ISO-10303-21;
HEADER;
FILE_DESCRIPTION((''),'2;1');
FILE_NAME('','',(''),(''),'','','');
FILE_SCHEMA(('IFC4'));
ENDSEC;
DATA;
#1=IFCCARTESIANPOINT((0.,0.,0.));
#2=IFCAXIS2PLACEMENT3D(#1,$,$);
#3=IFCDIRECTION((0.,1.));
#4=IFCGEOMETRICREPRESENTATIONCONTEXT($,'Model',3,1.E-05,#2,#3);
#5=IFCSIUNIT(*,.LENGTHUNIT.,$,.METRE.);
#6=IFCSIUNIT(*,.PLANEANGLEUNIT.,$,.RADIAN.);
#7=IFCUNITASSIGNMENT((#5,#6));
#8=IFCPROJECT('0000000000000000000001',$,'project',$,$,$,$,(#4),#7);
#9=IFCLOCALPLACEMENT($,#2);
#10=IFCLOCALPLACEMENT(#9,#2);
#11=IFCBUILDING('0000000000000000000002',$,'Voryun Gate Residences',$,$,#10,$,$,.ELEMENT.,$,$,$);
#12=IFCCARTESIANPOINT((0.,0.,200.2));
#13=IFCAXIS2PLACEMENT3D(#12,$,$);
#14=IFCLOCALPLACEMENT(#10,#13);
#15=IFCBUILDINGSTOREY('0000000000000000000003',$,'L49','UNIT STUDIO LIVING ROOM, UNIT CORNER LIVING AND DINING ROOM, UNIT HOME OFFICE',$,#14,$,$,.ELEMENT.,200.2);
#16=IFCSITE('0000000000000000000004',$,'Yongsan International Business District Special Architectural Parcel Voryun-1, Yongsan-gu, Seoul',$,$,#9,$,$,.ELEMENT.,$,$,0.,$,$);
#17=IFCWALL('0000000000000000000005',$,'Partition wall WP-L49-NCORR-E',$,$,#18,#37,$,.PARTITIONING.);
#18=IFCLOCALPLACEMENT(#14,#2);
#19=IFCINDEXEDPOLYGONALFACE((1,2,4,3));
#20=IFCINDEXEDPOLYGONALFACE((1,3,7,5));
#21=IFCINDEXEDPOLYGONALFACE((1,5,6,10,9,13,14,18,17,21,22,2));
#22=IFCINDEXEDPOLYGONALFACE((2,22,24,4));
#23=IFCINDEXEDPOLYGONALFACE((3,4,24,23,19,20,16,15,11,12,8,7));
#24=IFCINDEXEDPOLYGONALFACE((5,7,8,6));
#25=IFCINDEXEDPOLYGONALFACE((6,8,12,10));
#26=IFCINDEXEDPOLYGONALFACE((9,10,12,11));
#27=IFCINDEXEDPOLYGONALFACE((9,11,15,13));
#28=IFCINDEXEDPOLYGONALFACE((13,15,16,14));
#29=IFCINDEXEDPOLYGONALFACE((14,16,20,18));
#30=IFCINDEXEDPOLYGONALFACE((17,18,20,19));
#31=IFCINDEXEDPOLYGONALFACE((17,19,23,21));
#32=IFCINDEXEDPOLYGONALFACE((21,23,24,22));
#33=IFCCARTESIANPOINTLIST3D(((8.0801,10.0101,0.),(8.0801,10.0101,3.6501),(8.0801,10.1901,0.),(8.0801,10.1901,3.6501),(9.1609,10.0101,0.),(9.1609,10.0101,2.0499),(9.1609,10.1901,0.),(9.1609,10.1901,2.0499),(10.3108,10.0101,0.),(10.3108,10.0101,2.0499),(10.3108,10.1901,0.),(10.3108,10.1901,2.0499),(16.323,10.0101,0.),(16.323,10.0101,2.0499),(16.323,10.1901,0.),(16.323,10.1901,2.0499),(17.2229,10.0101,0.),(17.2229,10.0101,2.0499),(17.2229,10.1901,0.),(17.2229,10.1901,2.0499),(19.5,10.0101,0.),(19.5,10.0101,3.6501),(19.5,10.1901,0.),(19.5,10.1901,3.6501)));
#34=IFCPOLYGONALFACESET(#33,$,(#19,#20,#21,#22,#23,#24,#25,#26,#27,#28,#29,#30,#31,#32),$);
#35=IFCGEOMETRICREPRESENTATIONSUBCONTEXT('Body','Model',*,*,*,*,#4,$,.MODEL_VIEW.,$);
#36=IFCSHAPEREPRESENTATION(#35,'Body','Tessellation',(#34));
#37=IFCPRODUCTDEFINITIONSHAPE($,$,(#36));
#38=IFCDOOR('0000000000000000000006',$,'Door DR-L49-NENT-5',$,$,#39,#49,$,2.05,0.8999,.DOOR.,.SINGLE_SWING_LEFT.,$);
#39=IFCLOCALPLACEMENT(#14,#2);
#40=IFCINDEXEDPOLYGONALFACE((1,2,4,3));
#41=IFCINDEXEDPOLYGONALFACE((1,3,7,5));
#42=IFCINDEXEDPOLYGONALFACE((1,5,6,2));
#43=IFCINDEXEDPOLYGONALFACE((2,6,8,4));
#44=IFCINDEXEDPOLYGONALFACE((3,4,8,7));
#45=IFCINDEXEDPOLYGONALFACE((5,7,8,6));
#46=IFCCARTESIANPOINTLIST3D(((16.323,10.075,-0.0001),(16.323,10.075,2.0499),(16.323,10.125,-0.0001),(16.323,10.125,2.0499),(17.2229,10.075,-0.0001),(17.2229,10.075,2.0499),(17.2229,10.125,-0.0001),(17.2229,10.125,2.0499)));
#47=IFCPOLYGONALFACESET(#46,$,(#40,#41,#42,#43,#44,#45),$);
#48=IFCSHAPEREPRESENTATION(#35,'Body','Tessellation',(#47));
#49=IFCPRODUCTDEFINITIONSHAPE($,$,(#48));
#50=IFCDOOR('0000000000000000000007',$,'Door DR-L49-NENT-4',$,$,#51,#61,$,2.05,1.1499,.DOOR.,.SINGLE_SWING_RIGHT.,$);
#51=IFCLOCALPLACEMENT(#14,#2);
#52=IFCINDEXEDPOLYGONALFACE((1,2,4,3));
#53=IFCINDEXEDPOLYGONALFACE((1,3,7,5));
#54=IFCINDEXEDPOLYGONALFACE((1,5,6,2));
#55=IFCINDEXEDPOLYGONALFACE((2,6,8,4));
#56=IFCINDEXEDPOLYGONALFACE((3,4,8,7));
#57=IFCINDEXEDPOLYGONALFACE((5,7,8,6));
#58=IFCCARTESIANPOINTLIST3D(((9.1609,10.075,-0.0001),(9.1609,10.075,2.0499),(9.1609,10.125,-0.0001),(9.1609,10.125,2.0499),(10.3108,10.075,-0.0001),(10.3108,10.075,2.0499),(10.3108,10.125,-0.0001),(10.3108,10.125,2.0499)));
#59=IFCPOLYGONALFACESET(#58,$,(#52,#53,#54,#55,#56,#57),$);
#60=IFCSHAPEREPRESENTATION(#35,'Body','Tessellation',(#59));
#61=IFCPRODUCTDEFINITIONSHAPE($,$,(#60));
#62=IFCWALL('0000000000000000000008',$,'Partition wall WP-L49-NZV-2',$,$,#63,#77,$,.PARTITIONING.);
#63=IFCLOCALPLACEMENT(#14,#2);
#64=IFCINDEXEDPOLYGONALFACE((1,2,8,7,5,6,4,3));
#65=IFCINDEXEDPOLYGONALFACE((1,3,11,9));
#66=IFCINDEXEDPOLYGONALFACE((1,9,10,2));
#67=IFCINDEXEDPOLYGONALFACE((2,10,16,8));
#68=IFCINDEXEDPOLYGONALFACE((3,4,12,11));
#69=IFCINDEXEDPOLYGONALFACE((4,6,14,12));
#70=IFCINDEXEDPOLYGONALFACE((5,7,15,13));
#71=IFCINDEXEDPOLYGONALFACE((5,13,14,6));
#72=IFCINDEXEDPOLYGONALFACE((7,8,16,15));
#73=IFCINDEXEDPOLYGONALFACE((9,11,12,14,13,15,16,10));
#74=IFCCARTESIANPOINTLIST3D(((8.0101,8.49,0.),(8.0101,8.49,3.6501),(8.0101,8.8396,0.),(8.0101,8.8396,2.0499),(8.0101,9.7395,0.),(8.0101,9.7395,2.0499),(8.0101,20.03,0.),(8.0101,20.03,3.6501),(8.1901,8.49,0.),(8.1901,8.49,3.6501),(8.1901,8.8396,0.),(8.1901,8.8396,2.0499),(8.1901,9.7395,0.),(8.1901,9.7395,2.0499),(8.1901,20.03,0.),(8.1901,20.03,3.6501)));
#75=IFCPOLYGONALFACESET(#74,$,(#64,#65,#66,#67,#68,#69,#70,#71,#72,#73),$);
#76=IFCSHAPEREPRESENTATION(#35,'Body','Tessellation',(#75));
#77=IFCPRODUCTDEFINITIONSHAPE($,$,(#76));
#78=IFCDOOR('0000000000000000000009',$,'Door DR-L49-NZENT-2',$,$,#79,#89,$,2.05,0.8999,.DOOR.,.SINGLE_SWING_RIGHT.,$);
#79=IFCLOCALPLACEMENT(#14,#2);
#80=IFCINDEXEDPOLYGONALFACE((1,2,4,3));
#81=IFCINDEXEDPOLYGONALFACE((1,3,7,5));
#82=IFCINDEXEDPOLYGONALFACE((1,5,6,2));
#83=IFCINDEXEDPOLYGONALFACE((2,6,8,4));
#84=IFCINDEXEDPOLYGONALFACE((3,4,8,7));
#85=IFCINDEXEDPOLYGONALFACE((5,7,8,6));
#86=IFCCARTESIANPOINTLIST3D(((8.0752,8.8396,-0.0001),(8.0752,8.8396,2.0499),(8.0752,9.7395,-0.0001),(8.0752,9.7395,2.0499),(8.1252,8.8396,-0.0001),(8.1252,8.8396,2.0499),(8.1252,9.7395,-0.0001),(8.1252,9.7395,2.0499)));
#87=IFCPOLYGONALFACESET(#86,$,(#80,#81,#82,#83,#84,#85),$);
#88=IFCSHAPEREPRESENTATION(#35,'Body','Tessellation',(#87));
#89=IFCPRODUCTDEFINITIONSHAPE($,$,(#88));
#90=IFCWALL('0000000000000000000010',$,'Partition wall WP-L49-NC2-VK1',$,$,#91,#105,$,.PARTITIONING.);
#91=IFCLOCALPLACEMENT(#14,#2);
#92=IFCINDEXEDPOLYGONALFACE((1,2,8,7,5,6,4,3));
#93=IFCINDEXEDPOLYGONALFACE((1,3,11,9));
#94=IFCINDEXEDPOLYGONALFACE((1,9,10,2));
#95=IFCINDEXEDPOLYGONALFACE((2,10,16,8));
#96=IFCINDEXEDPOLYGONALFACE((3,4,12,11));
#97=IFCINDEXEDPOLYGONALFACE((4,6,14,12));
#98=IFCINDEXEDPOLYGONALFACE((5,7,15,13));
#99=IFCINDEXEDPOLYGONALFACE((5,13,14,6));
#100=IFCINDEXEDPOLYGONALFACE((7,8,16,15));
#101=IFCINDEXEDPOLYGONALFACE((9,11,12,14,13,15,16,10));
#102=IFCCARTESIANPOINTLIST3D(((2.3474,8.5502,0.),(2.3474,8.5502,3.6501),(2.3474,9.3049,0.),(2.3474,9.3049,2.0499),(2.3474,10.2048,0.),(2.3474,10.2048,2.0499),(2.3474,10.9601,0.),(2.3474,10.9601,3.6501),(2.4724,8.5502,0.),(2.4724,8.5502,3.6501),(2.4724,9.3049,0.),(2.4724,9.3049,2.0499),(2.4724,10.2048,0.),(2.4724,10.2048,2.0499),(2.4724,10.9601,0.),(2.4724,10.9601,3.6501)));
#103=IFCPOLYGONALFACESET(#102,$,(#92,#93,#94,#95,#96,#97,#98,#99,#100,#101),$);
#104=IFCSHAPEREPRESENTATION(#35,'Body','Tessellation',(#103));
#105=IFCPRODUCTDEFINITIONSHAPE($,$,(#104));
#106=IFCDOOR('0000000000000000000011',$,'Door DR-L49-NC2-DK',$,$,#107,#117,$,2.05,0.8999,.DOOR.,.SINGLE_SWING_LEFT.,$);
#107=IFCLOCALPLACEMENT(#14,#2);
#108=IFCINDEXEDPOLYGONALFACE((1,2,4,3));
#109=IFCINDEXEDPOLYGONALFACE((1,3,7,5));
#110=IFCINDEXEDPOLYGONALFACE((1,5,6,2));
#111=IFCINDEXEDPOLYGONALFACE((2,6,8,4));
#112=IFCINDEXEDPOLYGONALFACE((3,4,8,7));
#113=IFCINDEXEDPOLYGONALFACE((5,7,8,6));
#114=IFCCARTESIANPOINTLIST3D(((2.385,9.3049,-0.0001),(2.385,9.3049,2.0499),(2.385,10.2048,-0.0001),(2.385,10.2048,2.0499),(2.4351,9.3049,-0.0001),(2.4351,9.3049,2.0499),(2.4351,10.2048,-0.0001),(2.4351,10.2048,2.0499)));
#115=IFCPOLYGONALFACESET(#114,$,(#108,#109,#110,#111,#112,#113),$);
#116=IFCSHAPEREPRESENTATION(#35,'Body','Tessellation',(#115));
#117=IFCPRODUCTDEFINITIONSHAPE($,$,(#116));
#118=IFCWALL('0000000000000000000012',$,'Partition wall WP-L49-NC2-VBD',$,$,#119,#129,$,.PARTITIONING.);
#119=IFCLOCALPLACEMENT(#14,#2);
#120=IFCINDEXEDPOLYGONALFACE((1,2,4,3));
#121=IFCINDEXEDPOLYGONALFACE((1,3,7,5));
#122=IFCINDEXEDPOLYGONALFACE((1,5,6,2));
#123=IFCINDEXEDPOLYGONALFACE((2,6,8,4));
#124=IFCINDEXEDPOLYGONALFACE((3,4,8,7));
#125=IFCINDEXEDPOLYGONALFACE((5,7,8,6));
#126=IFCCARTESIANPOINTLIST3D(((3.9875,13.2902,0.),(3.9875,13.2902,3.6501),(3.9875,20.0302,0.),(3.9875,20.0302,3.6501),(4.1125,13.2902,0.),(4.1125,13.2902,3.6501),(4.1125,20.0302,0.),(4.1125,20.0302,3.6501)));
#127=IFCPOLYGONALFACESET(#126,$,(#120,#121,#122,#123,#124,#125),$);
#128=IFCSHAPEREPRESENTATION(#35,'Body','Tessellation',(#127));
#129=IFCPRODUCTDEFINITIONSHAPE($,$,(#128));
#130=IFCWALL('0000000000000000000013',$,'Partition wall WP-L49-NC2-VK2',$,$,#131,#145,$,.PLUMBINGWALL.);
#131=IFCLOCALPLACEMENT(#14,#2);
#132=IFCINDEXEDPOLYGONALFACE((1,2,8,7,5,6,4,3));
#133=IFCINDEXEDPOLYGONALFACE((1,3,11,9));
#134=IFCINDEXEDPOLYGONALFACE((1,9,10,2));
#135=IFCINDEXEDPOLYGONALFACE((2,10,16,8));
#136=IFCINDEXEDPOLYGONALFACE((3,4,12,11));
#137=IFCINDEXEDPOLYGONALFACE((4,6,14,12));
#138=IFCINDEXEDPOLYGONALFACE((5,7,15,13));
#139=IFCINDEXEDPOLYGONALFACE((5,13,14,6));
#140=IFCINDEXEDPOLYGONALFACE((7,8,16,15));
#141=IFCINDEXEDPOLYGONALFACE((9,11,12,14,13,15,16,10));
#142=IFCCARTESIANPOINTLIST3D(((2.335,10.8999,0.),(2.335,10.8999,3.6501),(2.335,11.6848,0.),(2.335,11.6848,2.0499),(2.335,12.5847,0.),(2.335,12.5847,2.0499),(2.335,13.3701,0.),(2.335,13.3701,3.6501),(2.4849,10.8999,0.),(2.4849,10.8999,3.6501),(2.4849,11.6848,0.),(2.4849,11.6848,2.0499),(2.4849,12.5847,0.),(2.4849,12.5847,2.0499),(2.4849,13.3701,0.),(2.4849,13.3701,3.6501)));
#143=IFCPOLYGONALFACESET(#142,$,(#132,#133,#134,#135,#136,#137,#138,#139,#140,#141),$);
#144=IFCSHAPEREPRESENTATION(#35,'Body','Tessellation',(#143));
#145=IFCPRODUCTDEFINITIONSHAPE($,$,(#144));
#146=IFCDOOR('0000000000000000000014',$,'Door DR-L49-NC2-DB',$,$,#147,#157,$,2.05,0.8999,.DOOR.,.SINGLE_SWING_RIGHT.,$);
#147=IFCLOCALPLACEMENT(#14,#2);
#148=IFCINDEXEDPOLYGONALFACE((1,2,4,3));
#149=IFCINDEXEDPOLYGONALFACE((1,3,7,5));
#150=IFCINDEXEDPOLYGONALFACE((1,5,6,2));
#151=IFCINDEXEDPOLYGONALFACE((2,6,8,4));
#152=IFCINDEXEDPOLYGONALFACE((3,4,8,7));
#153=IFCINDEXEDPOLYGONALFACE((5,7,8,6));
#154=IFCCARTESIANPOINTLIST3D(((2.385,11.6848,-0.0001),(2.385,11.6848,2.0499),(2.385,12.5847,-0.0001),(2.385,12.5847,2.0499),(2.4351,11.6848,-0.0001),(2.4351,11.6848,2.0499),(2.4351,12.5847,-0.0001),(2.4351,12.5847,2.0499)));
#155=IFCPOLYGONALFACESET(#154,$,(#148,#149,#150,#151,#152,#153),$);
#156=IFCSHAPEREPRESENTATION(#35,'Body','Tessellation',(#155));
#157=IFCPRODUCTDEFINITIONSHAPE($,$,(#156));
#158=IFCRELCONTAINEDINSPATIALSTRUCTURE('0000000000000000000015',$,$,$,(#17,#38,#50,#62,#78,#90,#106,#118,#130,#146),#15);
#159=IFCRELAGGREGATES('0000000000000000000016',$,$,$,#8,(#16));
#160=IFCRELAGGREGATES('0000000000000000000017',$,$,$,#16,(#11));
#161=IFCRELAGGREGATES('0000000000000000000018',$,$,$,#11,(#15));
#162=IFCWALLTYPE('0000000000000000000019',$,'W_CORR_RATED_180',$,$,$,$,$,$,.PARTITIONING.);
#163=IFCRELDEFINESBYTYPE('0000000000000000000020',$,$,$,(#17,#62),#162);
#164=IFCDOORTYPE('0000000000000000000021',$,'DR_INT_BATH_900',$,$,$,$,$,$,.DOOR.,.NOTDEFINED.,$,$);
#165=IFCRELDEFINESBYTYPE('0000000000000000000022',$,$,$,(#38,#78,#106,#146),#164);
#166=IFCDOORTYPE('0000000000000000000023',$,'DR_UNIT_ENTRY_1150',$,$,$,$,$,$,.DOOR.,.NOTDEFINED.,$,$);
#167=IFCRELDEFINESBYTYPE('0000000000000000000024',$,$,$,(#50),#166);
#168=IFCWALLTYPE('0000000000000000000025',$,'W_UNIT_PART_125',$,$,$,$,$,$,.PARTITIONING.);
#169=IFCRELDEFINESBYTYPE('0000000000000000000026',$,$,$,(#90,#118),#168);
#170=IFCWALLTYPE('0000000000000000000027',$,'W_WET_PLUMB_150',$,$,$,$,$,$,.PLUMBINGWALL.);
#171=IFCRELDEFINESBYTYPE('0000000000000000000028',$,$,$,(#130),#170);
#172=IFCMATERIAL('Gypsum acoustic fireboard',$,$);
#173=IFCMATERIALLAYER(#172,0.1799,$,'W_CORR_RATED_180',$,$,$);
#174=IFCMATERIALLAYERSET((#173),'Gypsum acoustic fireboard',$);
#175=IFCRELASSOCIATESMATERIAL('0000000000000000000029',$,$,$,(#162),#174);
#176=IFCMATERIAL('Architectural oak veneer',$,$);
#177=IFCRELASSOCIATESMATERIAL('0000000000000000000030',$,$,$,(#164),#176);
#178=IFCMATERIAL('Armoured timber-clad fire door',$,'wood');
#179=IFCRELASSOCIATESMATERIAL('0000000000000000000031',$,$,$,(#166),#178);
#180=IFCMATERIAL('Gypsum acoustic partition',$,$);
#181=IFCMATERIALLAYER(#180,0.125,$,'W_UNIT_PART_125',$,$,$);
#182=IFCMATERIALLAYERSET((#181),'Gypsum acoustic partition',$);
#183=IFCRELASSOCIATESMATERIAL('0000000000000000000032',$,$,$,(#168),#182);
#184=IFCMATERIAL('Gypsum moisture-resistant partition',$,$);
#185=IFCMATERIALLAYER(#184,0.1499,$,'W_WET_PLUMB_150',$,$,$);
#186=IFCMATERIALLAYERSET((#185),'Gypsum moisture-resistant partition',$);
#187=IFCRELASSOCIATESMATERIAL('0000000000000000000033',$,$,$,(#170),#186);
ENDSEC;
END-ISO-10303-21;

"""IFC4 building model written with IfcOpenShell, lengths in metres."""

from ifc_helpers import new_model, si_unit, direction, frame, frame_2d, origin, place, context, subcontext, project, spatial, rectangle, extrude, material, layer, layer_set, type_object, element, fill, save


model = new_model("IFC4")

# Units and contexts
model_context = context("Model", 3, precision=1e-05, world=origin(), true_north=direction((0.0, 1.0)))
body_context = subcontext(model_context, "Body", "Model", "MODEL_VIEW")
ifc_project = project(units=[si_unit("LENGTHUNIT", "METRE"), si_unit("PLANEANGLEUNIT", "RADIAN")], contexts=[model_context])

# Site, building, storey
site_placement = place(None, origin())
site = spatial("IfcSite", under=ifc_project, at=site_placement, Name="Yongsan International Business District Special Architectural Parcel Voryun-1, Yongsan-gu, Seoul", CompositionType="ELEMENT", RefElevation=0.0)
building_placement = place(site_placement, origin())
building = spatial("IfcBuilding", under=site, at=building_placement, Name="Voryun Gate Residences", CompositionType="ELEMENT")
storey_placement = place(building_placement, frame((0.0, 0.0, 200.2)))
storey = spatial("IfcBuildingStorey", under=building, at=storey_placement, Name="L49", Description="UNIT STUDIO LIVING ROOM, UNIT CORNER LIVING AND DINING ROOM, UNIT HOME OFFICE", CompositionType="ELEMENT", Elevation=200.2)

# Wall, openings, doors
ifc_material_1 = material(Name="Gypsum acoustic fireboard")
ifc_layer_1 = layer(ifc_material_1, 0.1799, Name="W_CORR_RATED_180")
ifc_layer_set_1 = layer_set([ifc_layer_1], Name="Gypsum acoustic fireboard")
wall_type_1 = type_object("IfcWallType", Name="W_CORR_RATED_180", PredefinedType="PARTITIONING", material=ifc_layer_set_1)
wall_1_placement = place(storey_placement, frame((8.0801, 10.1001, 0.0), z_axis=(0.0, 0.0, 1.0), x_axis=(1.0, 0.0, 0.0)))
wall_1 = element("IfcWall", 1, at=wall_1_placement, inside=storey, type_object=wall_type_1, Name="Partition wall WP-L49-NCORR-E", PredefinedType="PARTITIONING", context=body_context, shape_type="SweptSolid", body=[
    extrude(rectangle(XDim=11.4199, YDim=0.1799, at=frame_2d((5.71, 0.0))), origin(), (0.0, 0.0, 1.0), 3.6501),
])
opening_1_placement = place(wall_1_placement, frame((1.0808, 0.0, 0.0)))
opening_1 = element("IfcOpeningElement", 2, at=opening_1_placement, cuts=wall_1, PredefinedType="OPENING", context=body_context, shape_type="SweptSolid", body=[
    extrude(rectangle(XDim=1.1499, YDim=2.05, at=frame_2d((0.575, 1.0249))), frame((0.0, 0.0999, 0.0), z_axis=(0.0, -1.0, 0.0), x_axis=(1.0, 0.0, 0.0)), (0.0, 0.0, 1.0), 0.2),
])
opening_2_placement = place(wall_1_placement, frame((8.2429, 0.0, 0.0)))
opening_2 = element("IfcOpeningElement", 3, at=opening_2_placement, cuts=wall_1, PredefinedType="OPENING", context=body_context, shape_type="SweptSolid", body=[
    extrude(rectangle(XDim=0.8999, YDim=2.05, at=frame_2d((0.45, 1.0249))), frame((0.0, 0.0999, 0.0), z_axis=(0.0, -1.0, 0.0), x_axis=(1.0, 0.0, 0.0)), (0.0, 0.0, 1.0), 0.2),
])
ifc_material_2 = material(Name="Architectural oak veneer")
door_type_1 = type_object("IfcDoorType", Name="DR_INT_BATH_900", OperationType="NOTDEFINED", PredefinedType="DOOR", material=ifc_material_2)
door_1_placement = place(opening_2_placement, origin())
door_1 = element("IfcDoor", 4, at=door_1_placement, inside=storey, type_object=door_type_1, Name="Door DR-L49-NENT-5", OperationType="SINGLE_SWING_LEFT", OverallHeight=2.05, OverallWidth=0.8999, PredefinedType="DOOR", context=body_context, shape_type="SweptSolid", body=[
    extrude(rectangle(XDim=0.8999, YDim=2.05, at=frame_2d((0.45, 1.0249))), frame((0.0, 0.0249, 0.0), z_axis=(0.0, -1.0, 0.0), x_axis=(1.0, 0.0, 0.0)), (0.0, 0.0, 1.0), 0.05),
])
fill(opening_2, door_1)
ifc_material_3 = material(Name="Armoured timber-clad fire door", Category="wood")
door_type_2 = type_object("IfcDoorType", Name="DR_UNIT_ENTRY_1150", OperationType="NOTDEFINED", PredefinedType="DOOR", material=ifc_material_3)
door_2_placement = place(opening_1_placement, origin())
door_2 = element("IfcDoor", 5, at=door_2_placement, inside=storey, type_object=door_type_2, Name="Door DR-L49-NENT-4", OperationType="SINGLE_SWING_RIGHT", OverallHeight=2.05, OverallWidth=1.1499, PredefinedType="DOOR", context=body_context, shape_type="SweptSolid", body=[
    extrude(rectangle(XDim=1.1499, YDim=2.05, at=frame_2d((0.575, 1.0249))), frame((0.0, 0.0249, 0.0), z_axis=(0.0, -1.0, 0.0), x_axis=(1.0, 0.0, 0.0)), (0.0, 0.0, 1.0), 0.05),
])
fill(opening_1, door_2)

# Walls, openings, doors
wall_2_placement = place(storey_placement, frame((8.1001, 8.49, 0.0), z_axis=(0.0, 0.0, 1.0), x_axis=(0.0, 1.0, 0.0)))
wall_2 = element("IfcWall", 6, at=wall_2_placement, inside=storey, type_object=wall_type_1, Name="Partition wall WP-L49-NZV-2", PredefinedType="PARTITIONING", context=body_context, shape_type="SweptSolid", body=[
    extrude(rectangle(XDim=11.54, YDim=0.1799, at=frame_2d((5.77, 0.0))), origin(), (0.0, 0.0, 1.0), 3.6501),
])
opening_3_placement = place(wall_2_placement, frame((0.3496, 0.0, 0.0)))
opening_3 = element("IfcOpeningElement", 7, at=opening_3_placement, cuts=wall_2, PredefinedType="OPENING", context=body_context, shape_type="SweptSolid", body=[
    extrude(rectangle(XDim=0.8999, YDim=2.05, at=frame_2d((0.45, 1.0249))), frame((0.0, 0.0999, 0.0), z_axis=(0.0, -1.0, 0.0), x_axis=(1.0, 0.0, 0.0)), (0.0, 0.0, 1.0), 0.2),
])
door_3_placement = place(opening_3_placement, origin())
door_3 = element("IfcDoor", 8, at=door_3_placement, inside=storey, type_object=door_type_1, Name="Door DR-L49-NZENT-2", OperationType="SINGLE_SWING_RIGHT", OverallHeight=2.05, OverallWidth=0.8999, PredefinedType="DOOR", context=body_context, shape_type="SweptSolid", body=[
    extrude(rectangle(XDim=0.8999, YDim=2.05, at=frame_2d((0.45, 1.0249))), frame((0.0, 0.0249, 0.0), z_axis=(0.0, -1.0, 0.0), x_axis=(1.0, 0.0, 0.0)), (0.0, 0.0, 1.0), 0.05),
])
fill(opening_3, door_3)
ifc_material_4 = material(Name="Gypsum acoustic partition")
ifc_layer_2 = layer(ifc_material_4, 0.125, Name="W_UNIT_PART_125")
ifc_layer_set_2 = layer_set([ifc_layer_2], Name="Gypsum acoustic partition")
wall_type_2 = type_object("IfcWallType", Name="W_UNIT_PART_125", PredefinedType="PARTITIONING", material=ifc_layer_set_2)
wall_3_placement = place(storey_placement, frame((2.4099, 8.55, 0.0), z_axis=(0.0, 0.0, 1.0), x_axis=(0.0, 1.0, 0.0)))
wall_3 = element("IfcWall", 9, at=wall_3_placement, inside=storey, type_object=wall_type_2, Name="Partition wall WP-L49-NC2-VK1", PredefinedType="PARTITIONING", context=body_context, shape_type="SweptSolid", body=[
    extrude(rectangle(XDim=2.4099, YDim=0.125, at=frame_2d((1.2051, 0.0))), origin(), (0.0, 0.0, 1.0), 3.6501),
])
opening_4_placement = place(wall_3_placement, frame((0.7549, 0.0, 0.0)))
opening_4 = element("IfcOpeningElement", 10, at=opening_4_placement, cuts=wall_3, PredefinedType="OPENING", context=body_context, shape_type="SweptSolid", body=[
    extrude(rectangle(XDim=0.8999, YDim=2.05, at=frame_2d((0.45, 1.0249))), frame((0.0, 0.0725, 0.0), z_axis=(0.0, -1.0, 0.0), x_axis=(1.0, 0.0, 0.0)), (0.0, 0.0, 1.0), 0.145),
])
door_4_placement = place(opening_4_placement, origin())
door_4 = element("IfcDoor", 11, at=door_4_placement, inside=storey, type_object=door_type_1, Name="Door DR-L49-NC2-DK", OperationType="SINGLE_SWING_LEFT", OverallHeight=2.05, OverallWidth=0.8999, PredefinedType="DOOR", context=body_context, shape_type="SweptSolid", body=[
    extrude(rectangle(XDim=0.8999, YDim=2.05, at=frame_2d((0.45, 1.0249))), frame((0.0, 0.0249, 0.0), z_axis=(0.0, -1.0, 0.0), x_axis=(1.0, 0.0, 0.0)), (0.0, 0.0, 1.0), 0.05),
])
fill(opening_4, door_4)

# Wall
wall_4_placement = place(storey_placement, frame((4.05, 13.29, 0.0), z_axis=(0.0, 0.0, 1.0), x_axis=(0.0, 1.0, 0.0)))
element("IfcWall", 12, at=wall_4_placement, inside=storey, type_object=wall_type_2, Name="Partition wall WP-L49-NC2-VBD", PredefinedType="PARTITIONING", context=body_context, shape_type="SweptSolid", body=[
    extrude(rectangle(XDim=6.74, YDim=0.125, at=frame_2d((3.3701, 0.0))), origin(), (0.0, 0.0, 1.0), 3.6501),
])

# Wall, opening, door
ifc_material_5 = material(Name="Gypsum moisture-resistant partition")
ifc_layer_3 = layer(ifc_material_5, 0.1499, Name="W_WET_PLUMB_150")
ifc_layer_set_3 = layer_set([ifc_layer_3], Name="Gypsum moisture-resistant partition")
wall_type_3 = type_object("IfcWallType", Name="W_WET_PLUMB_150", PredefinedType="PLUMBINGWALL", material=ifc_layer_set_3)
wall_5_placement = place(storey_placement, frame((2.4099, 10.8999, 0.0), z_axis=(0.0, 0.0, 1.0), x_axis=(0.0, 1.0, 0.0)))
wall_5 = element("IfcWall", 13, at=wall_5_placement, inside=storey, type_object=wall_type_3, Name="Partition wall WP-L49-NC2-VK2", PredefinedType="PLUMBINGWALL", context=body_context, shape_type="SweptSolid", body=[
    extrude(rectangle(XDim=2.4702, YDim=0.1499, at=frame_2d((1.2351, 0.0))), origin(), (0.0, 0.0, 1.0), 3.6501),
])
opening_5_placement = place(wall_5_placement, frame((0.7849, 0.0, 0.0)))
opening_5 = element("IfcOpeningElement", 14, at=opening_5_placement, cuts=wall_5, PredefinedType="OPENING", context=body_context, shape_type="SweptSolid", body=[
    extrude(rectangle(XDim=0.8999, YDim=2.05, at=frame_2d((0.45, 1.0249))), frame((0.0, 0.085, 0.0), z_axis=(0.0, -1.0, 0.0), x_axis=(1.0, 0.0, 0.0)), (0.0, 0.0, 1.0), 0.1699),
])
door_5_placement = place(opening_5_placement, origin())
door_5 = element("IfcDoor", 15, at=door_5_placement, inside=storey, type_object=door_type_1, Name="Door DR-L49-NC2-DB", OperationType="SINGLE_SWING_RIGHT", OverallHeight=2.05, OverallWidth=0.8999, PredefinedType="DOOR", context=body_context, shape_type="SweptSolid", body=[
    extrude(rectangle(XDim=0.8999, YDim=2.05, at=frame_2d((0.45, 1.0249))), frame((0.0, 0.0249, 0.0), z_axis=(0.0, -1.0, 0.0), x_axis=(1.0, 0.0, 0.0)), (0.0, 0.0, 1.0), 0.05),
])
fill(opening_5, door_5)

save(model, "model.ifc")
